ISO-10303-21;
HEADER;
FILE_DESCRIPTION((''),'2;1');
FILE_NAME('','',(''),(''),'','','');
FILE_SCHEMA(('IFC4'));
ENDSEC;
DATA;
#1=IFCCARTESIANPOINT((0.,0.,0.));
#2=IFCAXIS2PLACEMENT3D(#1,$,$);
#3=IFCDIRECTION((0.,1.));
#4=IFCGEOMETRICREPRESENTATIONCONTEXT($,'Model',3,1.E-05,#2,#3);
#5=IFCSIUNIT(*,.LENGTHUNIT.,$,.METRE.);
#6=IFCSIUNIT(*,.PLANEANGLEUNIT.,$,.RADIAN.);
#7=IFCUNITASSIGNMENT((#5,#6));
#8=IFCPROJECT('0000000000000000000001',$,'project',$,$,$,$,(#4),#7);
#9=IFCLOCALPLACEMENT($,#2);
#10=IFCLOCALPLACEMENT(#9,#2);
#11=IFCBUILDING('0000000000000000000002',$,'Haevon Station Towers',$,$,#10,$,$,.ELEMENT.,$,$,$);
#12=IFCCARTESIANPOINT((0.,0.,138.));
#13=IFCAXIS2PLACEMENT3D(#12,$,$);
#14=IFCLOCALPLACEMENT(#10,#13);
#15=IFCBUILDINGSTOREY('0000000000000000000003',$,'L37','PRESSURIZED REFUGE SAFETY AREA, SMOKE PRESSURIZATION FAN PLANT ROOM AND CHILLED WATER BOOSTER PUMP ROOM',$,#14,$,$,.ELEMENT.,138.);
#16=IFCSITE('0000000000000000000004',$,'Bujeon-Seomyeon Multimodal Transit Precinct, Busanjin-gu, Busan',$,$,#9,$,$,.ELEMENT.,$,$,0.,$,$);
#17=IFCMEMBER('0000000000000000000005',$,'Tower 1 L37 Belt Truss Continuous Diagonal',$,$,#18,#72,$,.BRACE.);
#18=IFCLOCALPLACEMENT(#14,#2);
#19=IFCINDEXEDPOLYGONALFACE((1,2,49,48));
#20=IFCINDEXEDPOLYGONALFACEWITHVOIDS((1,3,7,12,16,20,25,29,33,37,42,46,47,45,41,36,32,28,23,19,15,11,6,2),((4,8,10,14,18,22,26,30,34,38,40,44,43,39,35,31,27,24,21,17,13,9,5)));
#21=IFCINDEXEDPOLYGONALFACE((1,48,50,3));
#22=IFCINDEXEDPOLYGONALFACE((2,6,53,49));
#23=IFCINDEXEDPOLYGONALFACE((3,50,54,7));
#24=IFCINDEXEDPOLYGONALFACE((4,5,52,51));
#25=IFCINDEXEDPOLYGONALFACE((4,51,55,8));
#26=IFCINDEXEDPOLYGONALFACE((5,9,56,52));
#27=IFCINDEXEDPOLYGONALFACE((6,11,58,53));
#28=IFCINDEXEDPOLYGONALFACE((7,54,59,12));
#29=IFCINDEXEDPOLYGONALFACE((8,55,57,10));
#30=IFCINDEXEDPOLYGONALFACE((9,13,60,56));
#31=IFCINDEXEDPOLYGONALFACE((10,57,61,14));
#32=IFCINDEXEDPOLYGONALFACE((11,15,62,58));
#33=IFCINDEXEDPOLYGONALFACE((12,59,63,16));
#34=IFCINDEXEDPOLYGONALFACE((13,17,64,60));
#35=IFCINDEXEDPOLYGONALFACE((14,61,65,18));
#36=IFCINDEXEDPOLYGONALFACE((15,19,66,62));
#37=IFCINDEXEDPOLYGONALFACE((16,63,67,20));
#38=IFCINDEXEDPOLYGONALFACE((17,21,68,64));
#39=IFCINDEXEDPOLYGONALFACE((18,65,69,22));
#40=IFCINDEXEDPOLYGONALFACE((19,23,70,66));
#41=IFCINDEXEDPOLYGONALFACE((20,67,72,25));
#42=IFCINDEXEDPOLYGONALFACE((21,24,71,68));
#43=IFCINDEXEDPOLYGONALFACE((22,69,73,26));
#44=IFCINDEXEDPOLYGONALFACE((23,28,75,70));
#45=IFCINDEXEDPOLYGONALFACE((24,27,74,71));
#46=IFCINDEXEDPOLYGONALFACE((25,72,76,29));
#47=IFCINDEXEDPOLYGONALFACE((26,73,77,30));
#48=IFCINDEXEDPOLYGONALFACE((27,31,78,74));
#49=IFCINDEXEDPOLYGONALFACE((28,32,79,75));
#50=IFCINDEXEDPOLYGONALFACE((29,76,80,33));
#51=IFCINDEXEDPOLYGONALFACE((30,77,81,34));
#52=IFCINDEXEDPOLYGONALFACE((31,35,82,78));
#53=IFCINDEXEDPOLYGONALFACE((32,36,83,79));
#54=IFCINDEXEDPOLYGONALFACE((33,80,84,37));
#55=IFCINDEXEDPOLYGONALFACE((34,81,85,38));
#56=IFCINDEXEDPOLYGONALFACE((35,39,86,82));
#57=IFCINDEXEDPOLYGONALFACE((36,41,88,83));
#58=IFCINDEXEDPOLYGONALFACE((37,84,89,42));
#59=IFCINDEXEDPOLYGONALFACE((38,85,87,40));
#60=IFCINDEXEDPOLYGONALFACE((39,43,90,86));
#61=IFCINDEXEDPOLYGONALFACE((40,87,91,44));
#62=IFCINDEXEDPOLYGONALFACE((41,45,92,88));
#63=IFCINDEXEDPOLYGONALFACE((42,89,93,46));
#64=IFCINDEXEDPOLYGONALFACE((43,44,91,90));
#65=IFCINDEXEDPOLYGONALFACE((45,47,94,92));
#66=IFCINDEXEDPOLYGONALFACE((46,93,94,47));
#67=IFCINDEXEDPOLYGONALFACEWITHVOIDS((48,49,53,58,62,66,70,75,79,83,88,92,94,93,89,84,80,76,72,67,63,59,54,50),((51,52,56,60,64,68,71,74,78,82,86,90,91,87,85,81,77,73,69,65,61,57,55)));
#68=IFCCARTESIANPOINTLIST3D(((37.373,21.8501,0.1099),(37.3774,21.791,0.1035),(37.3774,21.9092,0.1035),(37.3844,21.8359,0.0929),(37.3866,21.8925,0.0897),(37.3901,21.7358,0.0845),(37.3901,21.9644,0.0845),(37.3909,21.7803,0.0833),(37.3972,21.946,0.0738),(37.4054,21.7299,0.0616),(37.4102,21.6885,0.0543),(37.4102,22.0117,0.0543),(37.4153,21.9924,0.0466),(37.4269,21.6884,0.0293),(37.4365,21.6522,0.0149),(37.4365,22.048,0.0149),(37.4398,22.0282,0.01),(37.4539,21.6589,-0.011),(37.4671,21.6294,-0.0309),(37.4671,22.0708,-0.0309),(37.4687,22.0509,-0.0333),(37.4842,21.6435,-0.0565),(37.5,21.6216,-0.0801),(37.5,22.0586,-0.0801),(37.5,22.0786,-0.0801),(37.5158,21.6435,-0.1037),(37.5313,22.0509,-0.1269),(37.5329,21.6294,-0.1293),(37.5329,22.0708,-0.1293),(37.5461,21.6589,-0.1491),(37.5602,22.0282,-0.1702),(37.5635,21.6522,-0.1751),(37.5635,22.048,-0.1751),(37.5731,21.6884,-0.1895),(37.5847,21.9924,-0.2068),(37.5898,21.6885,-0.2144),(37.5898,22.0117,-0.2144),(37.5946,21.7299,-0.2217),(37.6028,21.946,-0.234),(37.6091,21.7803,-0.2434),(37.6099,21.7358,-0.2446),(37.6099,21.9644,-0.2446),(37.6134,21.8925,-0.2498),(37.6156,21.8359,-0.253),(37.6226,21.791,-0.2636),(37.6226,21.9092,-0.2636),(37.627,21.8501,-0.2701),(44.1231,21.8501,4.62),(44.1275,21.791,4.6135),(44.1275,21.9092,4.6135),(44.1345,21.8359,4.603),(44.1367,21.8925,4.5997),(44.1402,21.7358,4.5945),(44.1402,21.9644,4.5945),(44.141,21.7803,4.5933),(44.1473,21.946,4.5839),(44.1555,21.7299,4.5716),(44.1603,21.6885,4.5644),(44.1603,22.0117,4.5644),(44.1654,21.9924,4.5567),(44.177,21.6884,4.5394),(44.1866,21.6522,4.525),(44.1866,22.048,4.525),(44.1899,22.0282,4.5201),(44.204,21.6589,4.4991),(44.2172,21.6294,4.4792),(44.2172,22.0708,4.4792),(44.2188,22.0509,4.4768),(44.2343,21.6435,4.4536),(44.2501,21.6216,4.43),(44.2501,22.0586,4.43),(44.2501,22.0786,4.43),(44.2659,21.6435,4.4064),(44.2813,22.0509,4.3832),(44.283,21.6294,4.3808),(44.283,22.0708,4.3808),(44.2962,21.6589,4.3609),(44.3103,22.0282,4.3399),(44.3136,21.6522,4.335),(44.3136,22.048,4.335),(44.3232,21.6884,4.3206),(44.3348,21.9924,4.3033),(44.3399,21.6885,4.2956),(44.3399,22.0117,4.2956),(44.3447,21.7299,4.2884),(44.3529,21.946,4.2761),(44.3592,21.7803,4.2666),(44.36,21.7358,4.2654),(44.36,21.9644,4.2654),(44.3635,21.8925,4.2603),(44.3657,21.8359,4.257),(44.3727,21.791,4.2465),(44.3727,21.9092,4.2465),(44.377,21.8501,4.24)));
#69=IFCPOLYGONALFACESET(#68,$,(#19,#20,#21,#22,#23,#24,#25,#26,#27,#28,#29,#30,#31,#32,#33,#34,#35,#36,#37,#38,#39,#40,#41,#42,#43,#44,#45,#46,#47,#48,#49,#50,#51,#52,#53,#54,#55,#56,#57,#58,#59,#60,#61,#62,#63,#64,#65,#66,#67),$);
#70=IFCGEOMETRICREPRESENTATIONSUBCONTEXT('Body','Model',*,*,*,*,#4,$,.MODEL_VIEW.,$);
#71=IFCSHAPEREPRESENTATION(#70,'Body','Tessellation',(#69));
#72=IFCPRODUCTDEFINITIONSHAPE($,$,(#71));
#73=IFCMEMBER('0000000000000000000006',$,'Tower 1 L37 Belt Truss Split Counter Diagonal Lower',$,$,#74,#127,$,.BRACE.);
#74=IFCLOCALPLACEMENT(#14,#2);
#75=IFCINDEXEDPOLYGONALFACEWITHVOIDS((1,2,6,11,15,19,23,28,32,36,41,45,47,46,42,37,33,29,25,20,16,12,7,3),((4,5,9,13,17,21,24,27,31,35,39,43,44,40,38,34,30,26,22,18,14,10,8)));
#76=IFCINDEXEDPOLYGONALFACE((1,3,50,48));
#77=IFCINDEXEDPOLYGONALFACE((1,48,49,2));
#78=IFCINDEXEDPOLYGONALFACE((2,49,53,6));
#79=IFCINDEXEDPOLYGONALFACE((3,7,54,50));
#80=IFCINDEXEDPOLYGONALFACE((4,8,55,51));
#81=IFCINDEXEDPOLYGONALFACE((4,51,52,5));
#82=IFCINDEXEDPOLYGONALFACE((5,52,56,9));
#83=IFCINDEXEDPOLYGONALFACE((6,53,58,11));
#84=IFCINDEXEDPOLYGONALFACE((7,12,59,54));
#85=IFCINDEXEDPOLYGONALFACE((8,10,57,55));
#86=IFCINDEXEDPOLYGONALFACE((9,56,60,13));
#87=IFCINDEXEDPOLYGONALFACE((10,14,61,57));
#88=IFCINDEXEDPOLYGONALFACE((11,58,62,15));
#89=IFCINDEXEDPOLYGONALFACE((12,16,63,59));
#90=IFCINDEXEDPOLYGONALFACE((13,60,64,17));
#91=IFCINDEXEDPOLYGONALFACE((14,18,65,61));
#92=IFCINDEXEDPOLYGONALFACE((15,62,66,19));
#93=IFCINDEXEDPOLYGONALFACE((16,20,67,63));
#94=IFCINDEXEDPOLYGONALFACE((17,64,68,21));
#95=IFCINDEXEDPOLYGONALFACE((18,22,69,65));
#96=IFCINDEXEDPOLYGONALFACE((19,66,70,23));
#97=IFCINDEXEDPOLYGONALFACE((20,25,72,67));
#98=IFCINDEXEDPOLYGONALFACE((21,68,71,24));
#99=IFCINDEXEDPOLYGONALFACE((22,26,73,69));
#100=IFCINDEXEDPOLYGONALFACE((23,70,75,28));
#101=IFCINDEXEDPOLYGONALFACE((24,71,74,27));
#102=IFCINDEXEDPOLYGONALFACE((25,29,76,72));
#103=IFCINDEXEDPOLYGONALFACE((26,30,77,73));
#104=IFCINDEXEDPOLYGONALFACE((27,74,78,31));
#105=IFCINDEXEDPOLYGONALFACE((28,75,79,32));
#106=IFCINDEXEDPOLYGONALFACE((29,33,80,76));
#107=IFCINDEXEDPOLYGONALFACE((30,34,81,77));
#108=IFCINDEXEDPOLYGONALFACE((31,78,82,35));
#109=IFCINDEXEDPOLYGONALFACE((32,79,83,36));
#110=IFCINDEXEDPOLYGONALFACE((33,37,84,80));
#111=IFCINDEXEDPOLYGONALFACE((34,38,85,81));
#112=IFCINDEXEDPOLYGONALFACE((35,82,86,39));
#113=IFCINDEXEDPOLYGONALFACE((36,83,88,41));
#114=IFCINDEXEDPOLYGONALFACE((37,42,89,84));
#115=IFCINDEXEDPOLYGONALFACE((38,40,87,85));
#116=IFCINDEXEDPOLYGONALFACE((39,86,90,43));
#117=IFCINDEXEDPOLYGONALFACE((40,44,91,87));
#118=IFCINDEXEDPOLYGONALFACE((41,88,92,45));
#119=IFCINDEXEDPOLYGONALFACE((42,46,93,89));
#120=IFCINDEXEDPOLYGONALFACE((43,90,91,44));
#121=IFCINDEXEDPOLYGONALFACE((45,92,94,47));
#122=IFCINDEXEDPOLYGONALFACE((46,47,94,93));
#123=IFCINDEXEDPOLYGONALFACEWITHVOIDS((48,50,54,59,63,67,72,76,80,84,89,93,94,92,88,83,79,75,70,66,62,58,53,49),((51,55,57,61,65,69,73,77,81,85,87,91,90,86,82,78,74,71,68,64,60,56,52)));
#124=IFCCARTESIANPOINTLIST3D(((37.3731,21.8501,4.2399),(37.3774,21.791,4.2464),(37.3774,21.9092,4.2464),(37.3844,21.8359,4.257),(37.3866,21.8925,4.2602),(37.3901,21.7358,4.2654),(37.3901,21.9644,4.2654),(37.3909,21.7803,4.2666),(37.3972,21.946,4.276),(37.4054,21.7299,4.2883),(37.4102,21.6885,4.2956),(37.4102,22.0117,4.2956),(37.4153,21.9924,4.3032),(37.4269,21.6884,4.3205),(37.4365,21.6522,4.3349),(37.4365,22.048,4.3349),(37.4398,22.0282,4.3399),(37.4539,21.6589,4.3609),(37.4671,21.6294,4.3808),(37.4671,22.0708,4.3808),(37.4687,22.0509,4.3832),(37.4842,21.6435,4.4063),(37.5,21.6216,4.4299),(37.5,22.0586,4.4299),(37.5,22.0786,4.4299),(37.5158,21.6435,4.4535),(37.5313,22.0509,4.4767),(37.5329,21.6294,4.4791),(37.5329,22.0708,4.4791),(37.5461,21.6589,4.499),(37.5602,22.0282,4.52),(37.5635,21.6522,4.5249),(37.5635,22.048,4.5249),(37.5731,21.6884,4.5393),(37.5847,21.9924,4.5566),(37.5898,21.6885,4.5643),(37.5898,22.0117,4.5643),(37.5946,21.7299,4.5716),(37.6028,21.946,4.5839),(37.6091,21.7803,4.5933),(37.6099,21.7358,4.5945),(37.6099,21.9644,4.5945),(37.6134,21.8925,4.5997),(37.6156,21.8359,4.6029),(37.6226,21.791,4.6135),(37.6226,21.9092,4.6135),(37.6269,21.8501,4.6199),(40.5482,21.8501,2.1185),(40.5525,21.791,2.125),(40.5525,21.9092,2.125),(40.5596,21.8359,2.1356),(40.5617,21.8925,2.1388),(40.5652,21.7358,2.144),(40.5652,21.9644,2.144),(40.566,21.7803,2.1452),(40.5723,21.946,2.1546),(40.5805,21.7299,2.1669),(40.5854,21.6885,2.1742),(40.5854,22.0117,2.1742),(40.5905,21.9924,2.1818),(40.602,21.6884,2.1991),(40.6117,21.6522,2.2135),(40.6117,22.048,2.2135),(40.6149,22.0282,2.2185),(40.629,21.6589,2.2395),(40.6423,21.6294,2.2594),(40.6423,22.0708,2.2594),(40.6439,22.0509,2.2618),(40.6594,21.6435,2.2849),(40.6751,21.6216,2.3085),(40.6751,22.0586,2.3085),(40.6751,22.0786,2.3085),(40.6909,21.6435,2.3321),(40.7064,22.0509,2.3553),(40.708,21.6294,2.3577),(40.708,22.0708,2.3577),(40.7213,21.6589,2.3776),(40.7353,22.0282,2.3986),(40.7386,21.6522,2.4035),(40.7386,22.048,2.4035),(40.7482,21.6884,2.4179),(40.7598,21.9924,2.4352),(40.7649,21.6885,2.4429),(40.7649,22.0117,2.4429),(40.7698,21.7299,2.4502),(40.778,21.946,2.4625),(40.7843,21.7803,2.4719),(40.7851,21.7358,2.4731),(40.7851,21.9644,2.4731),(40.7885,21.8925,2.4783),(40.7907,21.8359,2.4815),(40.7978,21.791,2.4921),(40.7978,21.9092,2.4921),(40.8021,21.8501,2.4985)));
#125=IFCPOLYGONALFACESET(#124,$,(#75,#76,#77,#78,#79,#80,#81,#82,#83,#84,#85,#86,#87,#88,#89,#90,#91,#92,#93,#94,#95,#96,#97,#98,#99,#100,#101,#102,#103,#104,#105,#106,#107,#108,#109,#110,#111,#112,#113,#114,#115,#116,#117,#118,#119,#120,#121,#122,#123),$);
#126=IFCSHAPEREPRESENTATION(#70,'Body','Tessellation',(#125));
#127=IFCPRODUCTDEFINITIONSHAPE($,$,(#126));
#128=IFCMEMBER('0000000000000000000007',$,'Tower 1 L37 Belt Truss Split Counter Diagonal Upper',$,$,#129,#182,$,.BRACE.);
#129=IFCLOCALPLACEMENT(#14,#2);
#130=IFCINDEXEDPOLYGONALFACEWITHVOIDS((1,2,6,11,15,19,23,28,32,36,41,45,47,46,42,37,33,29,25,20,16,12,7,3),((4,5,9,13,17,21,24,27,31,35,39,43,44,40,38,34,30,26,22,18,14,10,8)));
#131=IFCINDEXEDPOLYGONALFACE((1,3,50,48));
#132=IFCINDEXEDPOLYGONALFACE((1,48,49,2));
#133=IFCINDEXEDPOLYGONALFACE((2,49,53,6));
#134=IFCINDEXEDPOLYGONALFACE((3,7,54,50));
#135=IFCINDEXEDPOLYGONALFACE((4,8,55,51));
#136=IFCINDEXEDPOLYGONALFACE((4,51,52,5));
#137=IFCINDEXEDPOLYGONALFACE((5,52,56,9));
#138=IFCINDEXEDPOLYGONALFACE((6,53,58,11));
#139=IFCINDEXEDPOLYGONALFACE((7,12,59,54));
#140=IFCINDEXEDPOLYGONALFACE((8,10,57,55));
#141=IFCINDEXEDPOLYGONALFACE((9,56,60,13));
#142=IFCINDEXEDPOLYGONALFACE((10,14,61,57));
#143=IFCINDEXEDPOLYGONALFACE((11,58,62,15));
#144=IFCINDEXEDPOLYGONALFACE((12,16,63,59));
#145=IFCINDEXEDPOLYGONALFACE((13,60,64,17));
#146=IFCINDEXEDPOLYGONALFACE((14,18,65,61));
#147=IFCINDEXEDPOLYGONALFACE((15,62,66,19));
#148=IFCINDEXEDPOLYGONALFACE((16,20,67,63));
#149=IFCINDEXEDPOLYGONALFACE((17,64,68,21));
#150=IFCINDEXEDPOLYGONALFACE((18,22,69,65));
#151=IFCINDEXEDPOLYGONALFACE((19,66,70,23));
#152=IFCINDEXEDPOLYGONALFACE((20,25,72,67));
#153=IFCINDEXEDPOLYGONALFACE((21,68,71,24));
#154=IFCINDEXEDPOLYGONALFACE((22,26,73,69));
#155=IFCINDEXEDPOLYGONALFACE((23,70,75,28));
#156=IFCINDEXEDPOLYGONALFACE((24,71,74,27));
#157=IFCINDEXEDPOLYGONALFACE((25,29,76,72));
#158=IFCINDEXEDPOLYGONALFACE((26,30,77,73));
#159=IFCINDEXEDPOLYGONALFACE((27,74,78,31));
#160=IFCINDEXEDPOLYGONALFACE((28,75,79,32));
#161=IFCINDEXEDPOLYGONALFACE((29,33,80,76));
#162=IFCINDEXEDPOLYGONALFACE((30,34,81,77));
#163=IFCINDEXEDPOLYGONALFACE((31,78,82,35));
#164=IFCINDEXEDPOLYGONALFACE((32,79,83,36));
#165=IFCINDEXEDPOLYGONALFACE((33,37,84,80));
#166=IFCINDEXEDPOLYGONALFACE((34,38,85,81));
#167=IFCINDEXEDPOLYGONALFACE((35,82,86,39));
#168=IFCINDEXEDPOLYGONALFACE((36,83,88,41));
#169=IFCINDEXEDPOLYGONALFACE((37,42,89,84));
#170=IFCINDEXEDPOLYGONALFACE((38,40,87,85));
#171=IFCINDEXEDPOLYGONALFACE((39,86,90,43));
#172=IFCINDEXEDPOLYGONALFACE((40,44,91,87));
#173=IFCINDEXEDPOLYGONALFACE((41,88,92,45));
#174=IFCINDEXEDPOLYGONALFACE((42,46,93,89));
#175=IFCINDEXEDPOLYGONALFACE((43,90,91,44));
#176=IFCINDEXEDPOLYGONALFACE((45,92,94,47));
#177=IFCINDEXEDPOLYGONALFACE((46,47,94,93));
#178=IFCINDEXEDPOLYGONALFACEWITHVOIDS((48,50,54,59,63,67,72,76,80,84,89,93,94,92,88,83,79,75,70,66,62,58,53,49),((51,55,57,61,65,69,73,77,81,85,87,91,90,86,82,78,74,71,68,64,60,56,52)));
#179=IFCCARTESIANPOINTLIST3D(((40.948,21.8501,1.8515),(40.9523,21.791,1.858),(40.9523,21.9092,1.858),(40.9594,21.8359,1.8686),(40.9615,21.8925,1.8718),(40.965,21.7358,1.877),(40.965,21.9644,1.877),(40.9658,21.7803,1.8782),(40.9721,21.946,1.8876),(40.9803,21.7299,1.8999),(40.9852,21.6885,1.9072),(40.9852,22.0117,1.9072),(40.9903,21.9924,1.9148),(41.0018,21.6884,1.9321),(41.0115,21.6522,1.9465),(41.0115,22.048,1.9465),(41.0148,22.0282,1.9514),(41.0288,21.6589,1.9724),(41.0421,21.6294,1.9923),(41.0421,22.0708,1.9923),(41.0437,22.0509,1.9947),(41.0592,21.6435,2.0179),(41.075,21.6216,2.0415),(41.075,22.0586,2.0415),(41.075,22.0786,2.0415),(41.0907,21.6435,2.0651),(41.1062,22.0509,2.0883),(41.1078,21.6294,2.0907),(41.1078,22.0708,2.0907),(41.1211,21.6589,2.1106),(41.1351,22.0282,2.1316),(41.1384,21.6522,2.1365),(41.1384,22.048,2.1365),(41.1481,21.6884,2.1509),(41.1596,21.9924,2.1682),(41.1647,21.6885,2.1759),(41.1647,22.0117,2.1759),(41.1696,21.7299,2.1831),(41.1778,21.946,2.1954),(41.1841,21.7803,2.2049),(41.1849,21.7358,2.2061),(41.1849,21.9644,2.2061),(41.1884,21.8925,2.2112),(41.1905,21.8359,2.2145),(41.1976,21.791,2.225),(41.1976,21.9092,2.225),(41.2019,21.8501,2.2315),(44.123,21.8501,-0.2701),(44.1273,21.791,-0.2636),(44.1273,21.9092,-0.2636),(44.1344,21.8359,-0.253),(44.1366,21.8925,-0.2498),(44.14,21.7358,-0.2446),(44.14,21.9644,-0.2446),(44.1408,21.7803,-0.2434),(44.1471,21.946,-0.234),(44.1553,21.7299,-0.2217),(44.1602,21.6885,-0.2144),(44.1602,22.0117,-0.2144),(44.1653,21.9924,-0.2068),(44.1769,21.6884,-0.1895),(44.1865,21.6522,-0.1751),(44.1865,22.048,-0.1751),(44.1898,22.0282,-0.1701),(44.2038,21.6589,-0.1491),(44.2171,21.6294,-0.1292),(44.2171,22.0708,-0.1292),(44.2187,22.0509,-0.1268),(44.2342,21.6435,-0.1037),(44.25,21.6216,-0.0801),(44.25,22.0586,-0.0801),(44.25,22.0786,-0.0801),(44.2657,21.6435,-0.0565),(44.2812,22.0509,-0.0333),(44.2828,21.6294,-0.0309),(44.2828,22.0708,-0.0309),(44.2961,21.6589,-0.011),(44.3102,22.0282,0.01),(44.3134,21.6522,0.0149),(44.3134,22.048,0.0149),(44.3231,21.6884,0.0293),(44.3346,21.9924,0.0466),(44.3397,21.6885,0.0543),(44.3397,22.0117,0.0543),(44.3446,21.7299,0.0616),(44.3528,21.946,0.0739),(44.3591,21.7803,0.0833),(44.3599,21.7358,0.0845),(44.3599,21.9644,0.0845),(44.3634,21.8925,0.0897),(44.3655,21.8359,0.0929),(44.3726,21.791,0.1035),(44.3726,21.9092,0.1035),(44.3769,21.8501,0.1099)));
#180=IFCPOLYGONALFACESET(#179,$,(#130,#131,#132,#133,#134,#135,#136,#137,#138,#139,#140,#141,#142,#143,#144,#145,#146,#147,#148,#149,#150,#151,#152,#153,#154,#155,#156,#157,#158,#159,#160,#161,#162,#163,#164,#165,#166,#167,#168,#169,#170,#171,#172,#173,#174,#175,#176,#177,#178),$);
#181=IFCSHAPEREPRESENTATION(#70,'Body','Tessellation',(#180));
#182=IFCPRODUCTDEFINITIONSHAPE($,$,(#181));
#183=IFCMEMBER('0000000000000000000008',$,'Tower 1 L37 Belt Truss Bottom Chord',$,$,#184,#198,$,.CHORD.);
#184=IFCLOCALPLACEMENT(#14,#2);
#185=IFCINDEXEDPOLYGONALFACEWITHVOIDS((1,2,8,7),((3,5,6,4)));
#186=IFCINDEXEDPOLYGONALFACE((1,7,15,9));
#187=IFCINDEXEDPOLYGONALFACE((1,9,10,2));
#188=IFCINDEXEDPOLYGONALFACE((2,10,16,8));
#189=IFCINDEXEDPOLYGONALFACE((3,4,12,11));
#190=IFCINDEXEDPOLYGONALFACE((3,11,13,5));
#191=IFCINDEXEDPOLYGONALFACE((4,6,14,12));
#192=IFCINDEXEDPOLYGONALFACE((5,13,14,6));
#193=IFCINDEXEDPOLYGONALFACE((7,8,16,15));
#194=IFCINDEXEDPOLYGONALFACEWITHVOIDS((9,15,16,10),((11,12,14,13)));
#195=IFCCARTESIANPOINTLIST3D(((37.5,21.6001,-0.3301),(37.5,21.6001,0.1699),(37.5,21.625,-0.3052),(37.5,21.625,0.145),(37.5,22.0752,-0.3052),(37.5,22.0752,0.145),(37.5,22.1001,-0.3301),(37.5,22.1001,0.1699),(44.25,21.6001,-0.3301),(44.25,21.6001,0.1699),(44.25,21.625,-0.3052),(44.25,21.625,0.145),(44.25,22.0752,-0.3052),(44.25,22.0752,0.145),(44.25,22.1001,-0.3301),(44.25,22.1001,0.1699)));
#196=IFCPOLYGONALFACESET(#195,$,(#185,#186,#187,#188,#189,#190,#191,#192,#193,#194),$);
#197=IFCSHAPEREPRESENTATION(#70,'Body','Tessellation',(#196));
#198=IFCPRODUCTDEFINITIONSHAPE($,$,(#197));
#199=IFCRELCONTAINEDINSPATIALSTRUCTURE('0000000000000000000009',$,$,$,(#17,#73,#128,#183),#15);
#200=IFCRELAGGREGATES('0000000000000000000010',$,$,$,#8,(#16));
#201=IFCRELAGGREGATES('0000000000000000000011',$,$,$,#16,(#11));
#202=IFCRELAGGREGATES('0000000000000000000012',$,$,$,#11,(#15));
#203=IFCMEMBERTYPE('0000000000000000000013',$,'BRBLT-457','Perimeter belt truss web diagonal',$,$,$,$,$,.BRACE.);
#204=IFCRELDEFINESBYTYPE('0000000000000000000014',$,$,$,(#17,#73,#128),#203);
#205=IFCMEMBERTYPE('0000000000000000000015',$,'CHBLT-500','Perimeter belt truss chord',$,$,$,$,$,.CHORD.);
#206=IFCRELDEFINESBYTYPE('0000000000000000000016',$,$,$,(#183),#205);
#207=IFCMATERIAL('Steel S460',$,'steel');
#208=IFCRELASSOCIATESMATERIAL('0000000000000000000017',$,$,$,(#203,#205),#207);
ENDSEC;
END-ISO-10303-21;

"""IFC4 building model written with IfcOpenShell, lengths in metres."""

from ifc_helpers import new_model, si_unit, direction, frame, origin, origin_2d, place, context, subcontext, project, spatial, hollow_rectangle, hollow_circle, extrude, material, material_profile, profile_set, type_object, element, save


model = new_model("IFC4")

# Units and contexts
model_context = context("Model", 3, precision=1e-05, world=origin(), true_north=direction((0.0, 1.0)))
body_context = subcontext(model_context, "Body", "Model", "MODEL_VIEW")
ifc_project = project(units=[si_unit("LENGTHUNIT", "METRE"), si_unit("PLANEANGLEUNIT", "RADIAN")], contexts=[model_context])

# Site, building, storey
site_placement = place(None, origin())
site = spatial("IfcSite", under=ifc_project, at=site_placement, Name="Bujeon-Seomyeon Multimodal Transit Precinct, Busanjin-gu, Busan", CompositionType="ELEMENT", RefElevation=0.0)
building_placement = place(site_placement, origin())
building = spatial("IfcBuilding", under=site, at=building_placement, Name="Haevon Station Towers", CompositionType="ELEMENT")
storey_placement = place(building_placement, frame((0.0, 0.0, 138.0)))
storey = spatial("IfcBuildingStorey", under=building, at=storey_placement, Name="L37", Description="PRESSURIZED REFUGE SAFETY AREA, SMOKE PRESSURIZATION FAN PLANT ROOM AND CHILLED WATER BOOSTER PUMP ROOM", CompositionType="ELEMENT", Elevation=138.0)

# Shared definitions
ifc_material_1 = material(Name="Steel S460", Category="steel")

# Members
ifc_material_profile_1 = material_profile(ifc_material_1, hollow_circle(Radius=0.2285, WallThickness=0.02, at=origin_2d()), Name="CHS-457x20")
ifc_profile_set_1 = profile_set([ifc_material_profile_1], Name="Steel S460")
member_type_1 = type_object("IfcMemberType", Name="BRBLT-457", Description="Perimeter belt truss web diagonal", PredefinedType="BRACE", material=ifc_profile_set_1)
member_1_placement = place(storey_placement, frame((37.5, 21.8501, -0.0801), z_axis=(0.831481, 0.0, 0.555554), x_axis=(0.0, 1.0, 0.0)))
element("IfcMember", 1, at=member_1_placement, inside=storey, type_object=member_type_1, Name="Tower 1 L37 Belt Truss Continuous Diagonal", PredefinedType="BRACE", context=body_context, shape_type="SweptSolid", body=[
    extrude(hollow_circle(Radius=0.2285, WallThickness=0.02, at=origin_2d()), origin(), (0.0, 0.0, 1.0), 8.1182),
])
for number, where, z_axis, x_axis, name in (
    (2, (37.5, 21.8501, 4.4299), (0.831489, 0.0, -0.555541), (0.0, 1.0, 0.0), "Tower 1 L37 Belt Truss Split Counter Diagonal Lower"),
    (3, (41.075, 21.8501, 2.0415), (0.83146, 0.0, -0.555585), (0.0, 1.0, 0.0), "Tower 1 L37 Belt Truss Split Counter Diagonal Upper"),
):
    element("IfcMember", number, at=place(storey_placement, frame(where, z_axis=z_axis, x_axis=x_axis)), inside=storey, type_object=member_type_1, Name=name, PredefinedType="BRACE", context=body_context, shape_type="SweptSolid", body=[
        extrude(hollow_circle(Radius=0.2285, WallThickness=0.02, at=origin_2d()), origin(), (0.0, 0.0, 1.0), 3.8186),
    ])
ifc_material_profile_2 = material_profile(ifc_material_1, hollow_rectangle(XDim=0.5, YDim=0.5, WallThickness=0.0249, at=origin_2d()), Name="RHS-500x500x25")
ifc_profile_set_2 = profile_set([ifc_material_profile_2], Name="Steel S460")
member_type_2 = type_object("IfcMemberType", Name="CHBLT-500", Description="Perimeter belt truss chord", PredefinedType="CHORD", material=ifc_profile_set_2)
for number, where, z_axis, x_axis, name in (
    (4, (37.5, 21.8501, -0.0801), (1.0, 0.0, 0.0), (0.0, 1.0, 0.0), "Tower 1 L37 Belt Truss Bottom Chord"),
):
    element("IfcMember", number, at=place(storey_placement, frame(where, z_axis=z_axis, x_axis=x_axis)), inside=storey, type_object=member_type_2, Name=name, PredefinedType="CHORD", context=body_context, shape_type="SweptSolid", body=[
        extrude(hollow_rectangle(XDim=0.5, YDim=0.5, WallThickness=0.0249, at=origin_2d()), origin(), (0.0, 0.0, 1.0), 6.75),
    ])

save(model, "model.ifc")
